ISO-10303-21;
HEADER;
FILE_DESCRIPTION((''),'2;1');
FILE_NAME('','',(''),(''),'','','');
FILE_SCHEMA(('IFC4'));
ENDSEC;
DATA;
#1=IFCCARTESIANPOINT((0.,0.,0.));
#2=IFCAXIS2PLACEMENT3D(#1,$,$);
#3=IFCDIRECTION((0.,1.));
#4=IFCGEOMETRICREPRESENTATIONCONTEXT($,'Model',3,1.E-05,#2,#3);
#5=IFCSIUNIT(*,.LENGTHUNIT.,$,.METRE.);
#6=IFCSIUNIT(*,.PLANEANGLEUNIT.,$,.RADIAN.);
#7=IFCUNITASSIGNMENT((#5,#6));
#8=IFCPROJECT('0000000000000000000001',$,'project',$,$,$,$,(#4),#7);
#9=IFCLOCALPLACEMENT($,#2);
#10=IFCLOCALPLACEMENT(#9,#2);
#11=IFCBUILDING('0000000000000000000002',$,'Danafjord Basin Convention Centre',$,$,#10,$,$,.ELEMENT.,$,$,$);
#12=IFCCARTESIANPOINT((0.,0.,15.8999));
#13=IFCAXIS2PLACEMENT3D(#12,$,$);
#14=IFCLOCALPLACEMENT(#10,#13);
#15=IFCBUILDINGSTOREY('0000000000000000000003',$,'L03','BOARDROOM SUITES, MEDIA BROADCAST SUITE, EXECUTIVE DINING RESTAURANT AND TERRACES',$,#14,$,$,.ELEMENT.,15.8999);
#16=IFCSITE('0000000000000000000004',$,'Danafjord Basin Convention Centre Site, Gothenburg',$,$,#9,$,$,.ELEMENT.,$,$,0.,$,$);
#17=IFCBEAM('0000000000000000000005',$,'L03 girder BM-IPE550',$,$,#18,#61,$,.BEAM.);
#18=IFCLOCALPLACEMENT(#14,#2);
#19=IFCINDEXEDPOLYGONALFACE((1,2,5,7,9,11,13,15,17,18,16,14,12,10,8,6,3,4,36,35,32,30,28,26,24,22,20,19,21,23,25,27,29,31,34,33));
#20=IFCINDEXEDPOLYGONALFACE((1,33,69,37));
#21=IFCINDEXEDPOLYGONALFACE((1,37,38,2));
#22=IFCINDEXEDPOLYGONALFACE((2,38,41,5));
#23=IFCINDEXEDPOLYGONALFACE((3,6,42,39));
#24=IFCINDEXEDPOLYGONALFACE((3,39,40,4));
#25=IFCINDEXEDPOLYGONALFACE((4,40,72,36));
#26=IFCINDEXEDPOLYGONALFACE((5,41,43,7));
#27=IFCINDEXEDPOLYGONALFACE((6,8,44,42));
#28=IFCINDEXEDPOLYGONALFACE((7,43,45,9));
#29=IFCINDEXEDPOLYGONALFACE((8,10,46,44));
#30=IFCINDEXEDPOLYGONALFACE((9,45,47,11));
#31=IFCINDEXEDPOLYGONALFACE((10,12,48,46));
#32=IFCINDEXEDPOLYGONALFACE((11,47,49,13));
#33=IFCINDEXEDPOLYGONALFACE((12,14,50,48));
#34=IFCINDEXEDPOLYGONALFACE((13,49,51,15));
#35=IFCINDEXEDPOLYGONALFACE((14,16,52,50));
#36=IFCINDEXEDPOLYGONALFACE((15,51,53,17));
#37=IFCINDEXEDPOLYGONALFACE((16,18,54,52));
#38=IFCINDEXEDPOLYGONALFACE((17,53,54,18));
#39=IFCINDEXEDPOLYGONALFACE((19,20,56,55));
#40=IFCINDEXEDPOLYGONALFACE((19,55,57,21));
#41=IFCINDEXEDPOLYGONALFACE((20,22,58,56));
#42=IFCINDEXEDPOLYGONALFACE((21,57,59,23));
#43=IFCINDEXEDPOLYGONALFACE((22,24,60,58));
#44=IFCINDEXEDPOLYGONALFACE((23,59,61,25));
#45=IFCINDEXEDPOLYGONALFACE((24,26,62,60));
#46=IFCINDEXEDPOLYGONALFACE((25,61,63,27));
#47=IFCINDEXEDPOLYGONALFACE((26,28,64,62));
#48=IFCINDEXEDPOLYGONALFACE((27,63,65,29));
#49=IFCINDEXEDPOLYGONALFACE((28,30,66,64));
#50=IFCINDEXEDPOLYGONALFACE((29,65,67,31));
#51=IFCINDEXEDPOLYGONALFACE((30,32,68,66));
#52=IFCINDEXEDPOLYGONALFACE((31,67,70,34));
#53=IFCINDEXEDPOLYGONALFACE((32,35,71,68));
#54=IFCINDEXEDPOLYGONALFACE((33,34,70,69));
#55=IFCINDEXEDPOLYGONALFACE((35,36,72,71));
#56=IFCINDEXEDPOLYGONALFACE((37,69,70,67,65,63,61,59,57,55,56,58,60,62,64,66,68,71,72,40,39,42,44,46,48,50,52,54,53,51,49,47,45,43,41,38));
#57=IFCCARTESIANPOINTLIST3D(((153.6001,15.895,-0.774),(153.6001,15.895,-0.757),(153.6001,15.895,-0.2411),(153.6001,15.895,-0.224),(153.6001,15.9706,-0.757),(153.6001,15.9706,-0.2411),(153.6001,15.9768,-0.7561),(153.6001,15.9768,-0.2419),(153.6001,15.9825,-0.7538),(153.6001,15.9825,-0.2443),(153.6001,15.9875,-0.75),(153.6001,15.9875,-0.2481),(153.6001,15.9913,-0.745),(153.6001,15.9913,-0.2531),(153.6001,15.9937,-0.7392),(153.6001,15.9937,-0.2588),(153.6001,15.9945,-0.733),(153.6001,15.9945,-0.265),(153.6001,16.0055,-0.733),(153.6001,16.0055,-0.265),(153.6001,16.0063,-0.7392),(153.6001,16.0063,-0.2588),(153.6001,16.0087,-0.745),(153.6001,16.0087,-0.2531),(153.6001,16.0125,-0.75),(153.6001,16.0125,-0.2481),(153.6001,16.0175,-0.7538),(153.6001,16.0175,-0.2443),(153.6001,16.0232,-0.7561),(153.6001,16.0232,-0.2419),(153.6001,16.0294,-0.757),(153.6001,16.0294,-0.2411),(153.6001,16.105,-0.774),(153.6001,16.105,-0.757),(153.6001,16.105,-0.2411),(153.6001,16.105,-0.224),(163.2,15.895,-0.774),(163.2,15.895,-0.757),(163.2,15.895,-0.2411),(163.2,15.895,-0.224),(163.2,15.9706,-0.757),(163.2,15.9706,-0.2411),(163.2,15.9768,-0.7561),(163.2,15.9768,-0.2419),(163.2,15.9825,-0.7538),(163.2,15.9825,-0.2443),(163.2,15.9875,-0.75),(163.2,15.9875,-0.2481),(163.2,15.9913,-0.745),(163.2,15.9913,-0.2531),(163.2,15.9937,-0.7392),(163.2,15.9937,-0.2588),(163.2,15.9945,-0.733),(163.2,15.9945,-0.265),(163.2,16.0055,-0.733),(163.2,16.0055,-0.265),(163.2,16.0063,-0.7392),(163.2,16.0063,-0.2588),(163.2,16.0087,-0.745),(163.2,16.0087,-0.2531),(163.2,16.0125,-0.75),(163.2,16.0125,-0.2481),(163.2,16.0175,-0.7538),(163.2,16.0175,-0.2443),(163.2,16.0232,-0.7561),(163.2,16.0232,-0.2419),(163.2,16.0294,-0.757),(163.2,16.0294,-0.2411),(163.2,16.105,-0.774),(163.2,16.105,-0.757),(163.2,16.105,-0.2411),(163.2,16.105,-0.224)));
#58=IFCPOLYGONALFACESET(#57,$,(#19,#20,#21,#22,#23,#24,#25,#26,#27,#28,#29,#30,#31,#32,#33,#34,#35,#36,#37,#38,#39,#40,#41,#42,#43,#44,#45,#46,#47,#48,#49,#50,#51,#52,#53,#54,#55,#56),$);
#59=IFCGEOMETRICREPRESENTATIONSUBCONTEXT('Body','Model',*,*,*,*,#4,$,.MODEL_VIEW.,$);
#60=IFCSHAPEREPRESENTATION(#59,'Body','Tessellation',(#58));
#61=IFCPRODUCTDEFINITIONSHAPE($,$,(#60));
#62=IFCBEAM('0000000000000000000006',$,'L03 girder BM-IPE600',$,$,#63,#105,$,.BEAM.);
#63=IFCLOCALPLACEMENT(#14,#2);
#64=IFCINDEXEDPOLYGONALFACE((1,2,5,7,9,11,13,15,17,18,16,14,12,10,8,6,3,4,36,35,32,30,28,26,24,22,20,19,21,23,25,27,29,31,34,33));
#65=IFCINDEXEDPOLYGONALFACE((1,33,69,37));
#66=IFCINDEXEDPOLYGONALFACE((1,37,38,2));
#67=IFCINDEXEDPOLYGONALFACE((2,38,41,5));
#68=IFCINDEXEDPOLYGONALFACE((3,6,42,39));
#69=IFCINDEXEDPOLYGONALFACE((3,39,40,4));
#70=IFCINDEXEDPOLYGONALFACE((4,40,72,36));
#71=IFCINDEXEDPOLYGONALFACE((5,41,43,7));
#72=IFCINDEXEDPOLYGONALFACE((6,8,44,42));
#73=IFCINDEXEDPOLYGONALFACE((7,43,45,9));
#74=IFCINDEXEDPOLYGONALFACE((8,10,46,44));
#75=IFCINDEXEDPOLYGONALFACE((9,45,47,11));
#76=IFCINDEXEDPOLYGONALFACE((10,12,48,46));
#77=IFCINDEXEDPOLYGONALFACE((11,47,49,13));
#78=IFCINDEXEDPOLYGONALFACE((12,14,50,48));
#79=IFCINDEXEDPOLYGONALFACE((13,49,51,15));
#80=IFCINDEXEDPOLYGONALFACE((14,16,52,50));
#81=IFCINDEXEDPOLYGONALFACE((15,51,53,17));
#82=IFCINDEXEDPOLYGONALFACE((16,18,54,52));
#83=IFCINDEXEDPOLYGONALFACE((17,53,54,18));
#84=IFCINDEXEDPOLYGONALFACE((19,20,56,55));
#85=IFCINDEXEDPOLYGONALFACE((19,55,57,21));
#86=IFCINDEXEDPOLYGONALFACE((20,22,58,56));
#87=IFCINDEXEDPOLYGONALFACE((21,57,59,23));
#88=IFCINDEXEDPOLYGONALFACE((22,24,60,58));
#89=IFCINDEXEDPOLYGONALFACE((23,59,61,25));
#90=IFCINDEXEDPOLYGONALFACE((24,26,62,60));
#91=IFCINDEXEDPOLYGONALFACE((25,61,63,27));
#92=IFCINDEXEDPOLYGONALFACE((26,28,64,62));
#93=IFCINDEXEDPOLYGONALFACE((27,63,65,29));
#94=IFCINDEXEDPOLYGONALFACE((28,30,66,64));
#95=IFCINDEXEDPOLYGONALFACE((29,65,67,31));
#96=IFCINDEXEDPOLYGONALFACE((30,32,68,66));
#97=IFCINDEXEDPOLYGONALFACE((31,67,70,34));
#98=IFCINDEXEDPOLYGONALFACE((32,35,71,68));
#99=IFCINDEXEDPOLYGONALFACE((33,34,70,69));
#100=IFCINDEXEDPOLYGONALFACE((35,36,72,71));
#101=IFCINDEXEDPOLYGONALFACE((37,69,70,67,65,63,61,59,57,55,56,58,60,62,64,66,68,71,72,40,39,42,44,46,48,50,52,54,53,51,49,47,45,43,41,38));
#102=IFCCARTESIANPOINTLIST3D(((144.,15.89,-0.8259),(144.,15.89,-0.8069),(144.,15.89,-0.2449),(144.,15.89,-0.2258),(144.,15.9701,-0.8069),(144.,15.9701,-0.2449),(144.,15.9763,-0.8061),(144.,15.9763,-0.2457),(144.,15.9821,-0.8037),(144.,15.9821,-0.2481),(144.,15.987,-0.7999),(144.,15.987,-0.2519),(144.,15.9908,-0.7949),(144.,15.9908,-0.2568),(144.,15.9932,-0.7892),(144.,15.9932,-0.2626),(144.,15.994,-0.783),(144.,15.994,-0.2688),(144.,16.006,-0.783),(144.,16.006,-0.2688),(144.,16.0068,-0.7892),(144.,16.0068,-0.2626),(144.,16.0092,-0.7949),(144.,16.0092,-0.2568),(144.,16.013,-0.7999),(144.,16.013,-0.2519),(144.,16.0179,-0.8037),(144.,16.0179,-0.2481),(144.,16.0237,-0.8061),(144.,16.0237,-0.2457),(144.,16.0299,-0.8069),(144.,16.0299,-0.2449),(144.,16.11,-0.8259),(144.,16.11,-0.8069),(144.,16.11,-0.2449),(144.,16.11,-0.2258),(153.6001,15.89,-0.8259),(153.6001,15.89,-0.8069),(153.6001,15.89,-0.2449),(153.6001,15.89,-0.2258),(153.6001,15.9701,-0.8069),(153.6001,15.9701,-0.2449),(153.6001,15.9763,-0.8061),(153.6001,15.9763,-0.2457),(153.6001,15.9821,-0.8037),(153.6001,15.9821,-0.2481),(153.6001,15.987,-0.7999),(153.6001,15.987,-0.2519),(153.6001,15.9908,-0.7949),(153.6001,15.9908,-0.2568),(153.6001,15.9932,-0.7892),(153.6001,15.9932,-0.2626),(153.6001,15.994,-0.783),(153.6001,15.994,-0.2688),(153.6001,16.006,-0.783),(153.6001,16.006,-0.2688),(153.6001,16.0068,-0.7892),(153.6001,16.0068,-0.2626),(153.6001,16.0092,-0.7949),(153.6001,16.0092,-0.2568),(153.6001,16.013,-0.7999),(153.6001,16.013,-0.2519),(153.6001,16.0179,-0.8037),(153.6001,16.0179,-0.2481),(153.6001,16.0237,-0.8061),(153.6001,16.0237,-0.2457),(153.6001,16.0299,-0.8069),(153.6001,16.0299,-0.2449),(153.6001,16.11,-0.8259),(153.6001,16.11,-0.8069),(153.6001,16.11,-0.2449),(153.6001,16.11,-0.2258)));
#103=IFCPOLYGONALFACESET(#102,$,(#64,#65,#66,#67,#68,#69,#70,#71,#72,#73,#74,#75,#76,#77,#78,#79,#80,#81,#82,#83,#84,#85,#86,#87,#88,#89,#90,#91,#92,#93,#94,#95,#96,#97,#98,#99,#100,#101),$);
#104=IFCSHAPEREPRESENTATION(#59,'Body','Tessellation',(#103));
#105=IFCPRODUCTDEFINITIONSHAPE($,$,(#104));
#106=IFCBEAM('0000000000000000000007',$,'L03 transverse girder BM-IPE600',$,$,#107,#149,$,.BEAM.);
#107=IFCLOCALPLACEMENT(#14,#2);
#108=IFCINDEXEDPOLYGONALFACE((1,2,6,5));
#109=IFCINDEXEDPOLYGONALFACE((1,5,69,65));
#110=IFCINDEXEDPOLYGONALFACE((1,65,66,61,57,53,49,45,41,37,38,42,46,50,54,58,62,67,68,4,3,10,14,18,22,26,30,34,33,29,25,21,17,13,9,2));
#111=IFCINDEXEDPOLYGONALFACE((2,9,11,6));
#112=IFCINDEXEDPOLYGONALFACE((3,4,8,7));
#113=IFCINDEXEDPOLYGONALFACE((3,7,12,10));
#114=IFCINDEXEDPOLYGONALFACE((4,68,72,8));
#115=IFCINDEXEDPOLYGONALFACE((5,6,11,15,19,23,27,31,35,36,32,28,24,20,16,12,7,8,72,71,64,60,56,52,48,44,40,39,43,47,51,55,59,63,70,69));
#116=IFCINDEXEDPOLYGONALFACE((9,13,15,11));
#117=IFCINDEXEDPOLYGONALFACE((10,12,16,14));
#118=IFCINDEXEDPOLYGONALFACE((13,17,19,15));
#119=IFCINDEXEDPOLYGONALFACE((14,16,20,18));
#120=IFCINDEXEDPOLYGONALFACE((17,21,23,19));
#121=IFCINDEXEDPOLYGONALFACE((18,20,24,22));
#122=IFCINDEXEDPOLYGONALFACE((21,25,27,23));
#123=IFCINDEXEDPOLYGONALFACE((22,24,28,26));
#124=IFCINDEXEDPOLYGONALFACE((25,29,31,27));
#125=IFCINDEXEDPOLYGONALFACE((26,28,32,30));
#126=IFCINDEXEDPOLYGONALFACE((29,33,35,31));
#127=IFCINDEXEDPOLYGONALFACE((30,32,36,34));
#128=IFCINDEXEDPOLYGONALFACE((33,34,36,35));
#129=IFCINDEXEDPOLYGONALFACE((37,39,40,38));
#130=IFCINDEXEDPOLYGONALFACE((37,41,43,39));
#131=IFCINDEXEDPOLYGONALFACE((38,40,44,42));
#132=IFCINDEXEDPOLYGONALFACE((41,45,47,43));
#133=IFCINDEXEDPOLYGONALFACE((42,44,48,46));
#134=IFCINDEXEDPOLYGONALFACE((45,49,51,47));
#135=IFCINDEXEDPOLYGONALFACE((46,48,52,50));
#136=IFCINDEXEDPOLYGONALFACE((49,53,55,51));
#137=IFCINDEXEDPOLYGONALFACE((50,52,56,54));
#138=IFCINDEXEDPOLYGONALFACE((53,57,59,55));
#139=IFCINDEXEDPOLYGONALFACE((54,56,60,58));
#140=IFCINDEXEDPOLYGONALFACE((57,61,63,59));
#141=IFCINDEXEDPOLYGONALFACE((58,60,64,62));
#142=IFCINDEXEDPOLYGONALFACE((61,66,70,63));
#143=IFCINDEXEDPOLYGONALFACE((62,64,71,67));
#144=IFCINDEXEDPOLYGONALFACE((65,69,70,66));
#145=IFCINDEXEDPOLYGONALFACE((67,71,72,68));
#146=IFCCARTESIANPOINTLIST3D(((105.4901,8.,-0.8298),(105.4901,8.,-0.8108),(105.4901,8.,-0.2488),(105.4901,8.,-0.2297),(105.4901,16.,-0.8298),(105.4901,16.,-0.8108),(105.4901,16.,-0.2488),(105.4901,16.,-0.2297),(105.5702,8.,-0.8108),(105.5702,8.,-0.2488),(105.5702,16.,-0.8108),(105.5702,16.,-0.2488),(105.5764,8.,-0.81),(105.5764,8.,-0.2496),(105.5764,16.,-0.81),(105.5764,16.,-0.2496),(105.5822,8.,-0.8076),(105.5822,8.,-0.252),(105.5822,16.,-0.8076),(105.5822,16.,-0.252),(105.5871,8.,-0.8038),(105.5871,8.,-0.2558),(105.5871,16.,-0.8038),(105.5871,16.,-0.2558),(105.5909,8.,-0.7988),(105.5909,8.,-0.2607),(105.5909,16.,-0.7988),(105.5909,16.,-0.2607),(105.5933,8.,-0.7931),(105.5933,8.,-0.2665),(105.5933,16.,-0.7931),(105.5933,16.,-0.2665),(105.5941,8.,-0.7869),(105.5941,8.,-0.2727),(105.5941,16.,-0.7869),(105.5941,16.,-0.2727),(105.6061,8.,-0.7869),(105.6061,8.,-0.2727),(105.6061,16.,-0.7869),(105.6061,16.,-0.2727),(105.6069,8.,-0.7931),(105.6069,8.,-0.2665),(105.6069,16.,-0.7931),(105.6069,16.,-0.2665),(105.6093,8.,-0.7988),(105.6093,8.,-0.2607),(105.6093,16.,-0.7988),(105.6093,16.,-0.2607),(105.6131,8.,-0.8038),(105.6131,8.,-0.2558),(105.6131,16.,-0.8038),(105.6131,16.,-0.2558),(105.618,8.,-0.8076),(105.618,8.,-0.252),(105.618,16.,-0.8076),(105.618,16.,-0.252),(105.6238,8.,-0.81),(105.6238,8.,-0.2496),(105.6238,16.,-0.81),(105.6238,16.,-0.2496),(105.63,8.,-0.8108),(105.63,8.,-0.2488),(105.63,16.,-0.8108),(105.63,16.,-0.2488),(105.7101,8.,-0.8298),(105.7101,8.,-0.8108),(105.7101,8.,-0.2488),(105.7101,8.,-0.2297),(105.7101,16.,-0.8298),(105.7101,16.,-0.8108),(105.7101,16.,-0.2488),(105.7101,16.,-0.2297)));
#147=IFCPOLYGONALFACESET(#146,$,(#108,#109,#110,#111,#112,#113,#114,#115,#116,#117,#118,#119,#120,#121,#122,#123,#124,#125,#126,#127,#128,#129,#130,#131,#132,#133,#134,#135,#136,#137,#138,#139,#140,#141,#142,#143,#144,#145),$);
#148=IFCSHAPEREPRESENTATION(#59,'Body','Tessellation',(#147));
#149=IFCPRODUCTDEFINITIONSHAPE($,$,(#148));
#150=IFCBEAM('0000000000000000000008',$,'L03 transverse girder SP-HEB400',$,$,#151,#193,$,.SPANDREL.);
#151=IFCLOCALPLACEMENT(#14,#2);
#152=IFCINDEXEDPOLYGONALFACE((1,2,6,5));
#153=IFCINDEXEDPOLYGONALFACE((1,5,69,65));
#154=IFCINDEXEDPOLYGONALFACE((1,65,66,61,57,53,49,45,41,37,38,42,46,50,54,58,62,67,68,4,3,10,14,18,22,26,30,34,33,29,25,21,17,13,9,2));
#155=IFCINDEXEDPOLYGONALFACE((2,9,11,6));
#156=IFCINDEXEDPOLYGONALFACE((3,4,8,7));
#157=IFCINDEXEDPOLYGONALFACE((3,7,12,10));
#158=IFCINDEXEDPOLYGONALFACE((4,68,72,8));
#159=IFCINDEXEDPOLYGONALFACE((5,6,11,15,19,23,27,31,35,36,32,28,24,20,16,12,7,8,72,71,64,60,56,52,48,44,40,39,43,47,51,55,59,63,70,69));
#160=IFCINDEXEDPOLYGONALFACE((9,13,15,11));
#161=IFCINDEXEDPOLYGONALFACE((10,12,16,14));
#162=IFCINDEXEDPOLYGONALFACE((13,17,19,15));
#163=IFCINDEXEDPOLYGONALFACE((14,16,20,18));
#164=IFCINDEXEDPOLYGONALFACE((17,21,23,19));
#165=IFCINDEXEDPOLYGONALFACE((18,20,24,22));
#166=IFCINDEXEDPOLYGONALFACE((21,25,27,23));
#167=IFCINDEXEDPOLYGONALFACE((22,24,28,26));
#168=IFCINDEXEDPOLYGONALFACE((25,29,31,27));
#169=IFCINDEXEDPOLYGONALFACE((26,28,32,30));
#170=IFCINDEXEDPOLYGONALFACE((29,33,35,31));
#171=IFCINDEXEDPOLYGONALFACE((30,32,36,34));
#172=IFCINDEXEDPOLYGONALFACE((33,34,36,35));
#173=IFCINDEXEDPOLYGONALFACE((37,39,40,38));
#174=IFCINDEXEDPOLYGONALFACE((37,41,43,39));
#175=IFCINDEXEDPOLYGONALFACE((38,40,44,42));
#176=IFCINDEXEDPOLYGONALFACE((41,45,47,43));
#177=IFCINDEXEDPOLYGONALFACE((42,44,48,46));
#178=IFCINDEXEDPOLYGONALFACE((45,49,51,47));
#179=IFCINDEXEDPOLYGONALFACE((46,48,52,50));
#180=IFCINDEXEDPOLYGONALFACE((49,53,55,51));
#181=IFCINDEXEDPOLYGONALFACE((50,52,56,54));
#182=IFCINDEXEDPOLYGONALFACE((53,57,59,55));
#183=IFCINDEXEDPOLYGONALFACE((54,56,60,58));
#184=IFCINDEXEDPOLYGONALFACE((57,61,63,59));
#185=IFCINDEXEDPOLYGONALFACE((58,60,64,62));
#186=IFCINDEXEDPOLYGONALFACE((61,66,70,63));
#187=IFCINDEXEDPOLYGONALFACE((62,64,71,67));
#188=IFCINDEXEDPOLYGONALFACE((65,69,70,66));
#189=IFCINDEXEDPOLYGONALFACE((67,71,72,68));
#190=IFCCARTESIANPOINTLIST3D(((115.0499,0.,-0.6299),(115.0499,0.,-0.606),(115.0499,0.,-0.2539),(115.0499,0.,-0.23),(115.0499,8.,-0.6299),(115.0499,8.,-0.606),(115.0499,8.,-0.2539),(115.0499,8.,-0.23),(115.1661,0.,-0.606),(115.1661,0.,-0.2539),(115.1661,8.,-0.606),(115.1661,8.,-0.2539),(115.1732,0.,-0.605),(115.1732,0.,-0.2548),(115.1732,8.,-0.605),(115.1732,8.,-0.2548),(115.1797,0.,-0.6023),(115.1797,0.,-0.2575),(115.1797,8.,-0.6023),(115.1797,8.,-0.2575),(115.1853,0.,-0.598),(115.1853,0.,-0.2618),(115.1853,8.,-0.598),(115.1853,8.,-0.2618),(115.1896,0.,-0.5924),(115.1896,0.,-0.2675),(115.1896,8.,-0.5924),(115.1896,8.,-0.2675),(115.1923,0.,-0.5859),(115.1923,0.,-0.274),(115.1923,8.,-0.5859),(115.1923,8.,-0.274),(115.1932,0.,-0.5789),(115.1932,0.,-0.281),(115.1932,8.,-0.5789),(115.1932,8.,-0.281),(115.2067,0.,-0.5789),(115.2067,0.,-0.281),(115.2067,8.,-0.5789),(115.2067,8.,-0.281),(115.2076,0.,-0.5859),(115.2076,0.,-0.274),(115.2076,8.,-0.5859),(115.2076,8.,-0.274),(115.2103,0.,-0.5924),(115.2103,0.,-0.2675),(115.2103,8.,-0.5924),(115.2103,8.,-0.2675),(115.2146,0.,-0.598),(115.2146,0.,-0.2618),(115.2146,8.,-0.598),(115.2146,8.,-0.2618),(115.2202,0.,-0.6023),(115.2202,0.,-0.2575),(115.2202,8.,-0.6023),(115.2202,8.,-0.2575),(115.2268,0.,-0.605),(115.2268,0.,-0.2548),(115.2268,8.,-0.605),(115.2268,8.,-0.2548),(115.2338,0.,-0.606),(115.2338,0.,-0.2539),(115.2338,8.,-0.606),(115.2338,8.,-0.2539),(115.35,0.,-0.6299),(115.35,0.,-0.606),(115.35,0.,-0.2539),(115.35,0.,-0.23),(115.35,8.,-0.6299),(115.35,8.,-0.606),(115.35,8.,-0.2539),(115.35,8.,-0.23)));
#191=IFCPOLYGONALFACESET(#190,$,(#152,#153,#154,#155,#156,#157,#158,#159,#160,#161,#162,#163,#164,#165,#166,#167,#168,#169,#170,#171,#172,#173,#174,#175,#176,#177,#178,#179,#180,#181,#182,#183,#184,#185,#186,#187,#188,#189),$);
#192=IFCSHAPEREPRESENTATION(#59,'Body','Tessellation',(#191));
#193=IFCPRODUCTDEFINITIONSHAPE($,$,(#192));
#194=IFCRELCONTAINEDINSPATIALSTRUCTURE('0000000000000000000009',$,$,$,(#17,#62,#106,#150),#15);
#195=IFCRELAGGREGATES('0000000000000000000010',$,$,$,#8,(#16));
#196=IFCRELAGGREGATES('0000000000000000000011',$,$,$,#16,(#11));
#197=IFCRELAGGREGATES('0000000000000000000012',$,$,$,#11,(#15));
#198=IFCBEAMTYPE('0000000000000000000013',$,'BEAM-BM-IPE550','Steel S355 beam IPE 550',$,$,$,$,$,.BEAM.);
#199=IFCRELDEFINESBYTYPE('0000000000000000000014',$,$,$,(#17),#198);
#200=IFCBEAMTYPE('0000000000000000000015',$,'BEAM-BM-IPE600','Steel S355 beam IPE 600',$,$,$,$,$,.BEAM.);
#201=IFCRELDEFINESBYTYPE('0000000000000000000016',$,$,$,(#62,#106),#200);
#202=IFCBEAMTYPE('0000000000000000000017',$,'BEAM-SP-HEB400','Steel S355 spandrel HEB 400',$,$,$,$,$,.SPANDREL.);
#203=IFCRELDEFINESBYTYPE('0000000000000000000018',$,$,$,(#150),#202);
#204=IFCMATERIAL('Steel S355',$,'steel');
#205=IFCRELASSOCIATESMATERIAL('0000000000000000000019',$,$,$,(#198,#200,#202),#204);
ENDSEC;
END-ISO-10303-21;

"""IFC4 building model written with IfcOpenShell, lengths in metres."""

from ifc_helpers import new_model, si_unit, direction, frame, origin, origin_2d, place, context, subcontext, project, spatial, i_section, extrude, material, material_profile, profile_set, type_object, element, save


model = new_model("IFC4")

# Units and contexts
model_context = context("Model", 3, precision=1e-05, world=origin(), true_north=direction((0.0, 1.0)))
body_context = subcontext(model_context, "Body", "Model", "MODEL_VIEW")
ifc_project = project(units=[si_unit("LENGTHUNIT", "METRE"), si_unit("PLANEANGLEUNIT", "RADIAN")], contexts=[model_context])

# Site, building, storey
site_placement = place(None, origin())
site = spatial("IfcSite", under=ifc_project, at=site_placement, Name="Danafjord Basin Convention Centre Site, Gothenburg", CompositionType="ELEMENT", RefElevation=0.0)
building_placement = place(site_placement, origin())
building = spatial("IfcBuilding", under=site, at=building_placement, Name="Danafjord Basin Convention Centre", CompositionType="ELEMENT")
storey_placement = place(building_placement, frame((0.0, 0.0, 15.8999)))
storey = spatial("IfcBuildingStorey", under=building, at=storey_placement, Name="L03", Description="BOARDROOM SUITES, MEDIA BROADCAST SUITE, EXECUTIVE DINING RESTAURANT AND TERRACES", CompositionType="ELEMENT", Elevation=15.8999)

# Shared definitions
ifc_material_1 = material(Name="Steel S355", Category="steel")

# Beams
ifc_material_profile_1 = material_profile(ifc_material_1, i_section(OverallWidth=0.21, OverallDepth=0.55, WebThickness=0.011, FlangeThickness=0.0171, FilletRadius=0.0239, at=origin_2d()), Name="IPE 550")
ifc_profile_set_1 = profile_set([ifc_material_profile_1], Name="Steel S355")
beam_type_1 = type_object("IfcBeamType", Name="BEAM-BM-IPE550", Description="Steel S355 beam IPE 550", PredefinedType="BEAM", material=ifc_profile_set_1)
beam_1_placement = place(storey_placement, frame((153.6001, 16.0, -0.499), z_axis=(1.0, 0.0, 0.0), x_axis=(0.0, 1.0, 0.0)))
element("IfcBeam", 1, at=beam_1_placement, inside=storey, type_object=beam_type_1, Name="L03 girder BM-IPE550", PredefinedType="BEAM", context=body_context, shape_type="SweptSolid", body=[
    extrude(i_section(OverallWidth=0.21, OverallDepth=0.55, WebThickness=0.011, FlangeThickness=0.0171, FilletRadius=0.0239, at=origin_2d()), origin(), (0.0, 0.0, 1.0), 9.5999),
])
ifc_material_profile_2 = material_profile(ifc_material_1, i_section(OverallWidth=0.22, OverallDepth=0.6001, WebThickness=0.012, FlangeThickness=0.019, FilletRadius=0.0239, at=origin_2d()), Name="IPE 600")
ifc_profile_set_2 = profile_set([ifc_material_profile_2], Name="Steel S355")
beam_type_2 = type_object("IfcBeamType", Name="BEAM-BM-IPE600", Description="Steel S355 beam IPE 600", PredefinedType="BEAM", material=ifc_profile_set_2)
beam_2_placement = place(storey_placement, frame((144.0, 16.0, -0.5259), z_axis=(1.0, 0.0, 0.0), x_axis=(0.0, 1.0, 0.0)))
element("IfcBeam", 2, at=beam_2_placement, inside=storey, type_object=beam_type_2, Name="L03 girder BM-IPE600", PredefinedType="BEAM", context=body_context, shape_type="SweptSolid", body=[
    extrude(i_section(OverallWidth=0.22, OverallDepth=0.6001, WebThickness=0.012, FlangeThickness=0.019, FilletRadius=0.0239, at=origin_2d()), origin(), (0.0, 0.0, 1.0), 9.6001),
])
beam_3_placement = place(storey_placement, frame((105.6001, 8.0, -0.5298), z_axis=(0.0, 1.0, 0.0), x_axis=(-1.0, 0.0, 0.0)))
element("IfcBeam", 3, at=beam_3_placement, inside=storey, type_object=beam_type_2, Name="L03 transverse girder BM-IPE600", PredefinedType="BEAM", context=body_context, shape_type="SweptSolid", body=[
    extrude(i_section(OverallWidth=0.22, OverallDepth=0.6001, WebThickness=0.012, FlangeThickness=0.019, FilletRadius=0.0239, at=origin_2d()), origin(), (0.0, 0.0, 1.0), 8.0),
])
ifc_material_profile_3 = material_profile(ifc_material_1, i_section(OverallWidth=0.3, OverallDepth=0.3999, WebThickness=0.0134, FlangeThickness=0.0239, FilletRadius=0.0271, at=origin_2d()), Name="HEB 400")
ifc_profile_set_3 = profile_set([ifc_material_profile_3], Name="Steel S355")
beam_type_3 = type_object("IfcBeamType", Name="BEAM-SP-HEB400", Description="Steel S355 spandrel HEB 400", PredefinedType="SPANDREL", material=ifc_profile_set_3)
for number, where, z_axis, x_axis, name in (
    (4, (115.2, 0.0, -0.4299), (0.0, 1.0, 0.0), (-1.0, 0.0, 0.0), "L03 transverse girder SP-HEB400"),
):
    element("IfcBeam", number, at=place(storey_placement, frame(where, z_axis=z_axis, x_axis=x_axis)), inside=storey, type_object=beam_type_3, Name=name, PredefinedType="SPANDREL", context=body_context, shape_type="SweptSolid", body=[
        extrude(i_section(OverallWidth=0.3, OverallDepth=0.3999, WebThickness=0.0134, FlangeThickness=0.0239, FilletRadius=0.0271, at=origin_2d()), origin(), (0.0, 0.0, 1.0), 8.0),
    ])

save(model, "model.ifc")
